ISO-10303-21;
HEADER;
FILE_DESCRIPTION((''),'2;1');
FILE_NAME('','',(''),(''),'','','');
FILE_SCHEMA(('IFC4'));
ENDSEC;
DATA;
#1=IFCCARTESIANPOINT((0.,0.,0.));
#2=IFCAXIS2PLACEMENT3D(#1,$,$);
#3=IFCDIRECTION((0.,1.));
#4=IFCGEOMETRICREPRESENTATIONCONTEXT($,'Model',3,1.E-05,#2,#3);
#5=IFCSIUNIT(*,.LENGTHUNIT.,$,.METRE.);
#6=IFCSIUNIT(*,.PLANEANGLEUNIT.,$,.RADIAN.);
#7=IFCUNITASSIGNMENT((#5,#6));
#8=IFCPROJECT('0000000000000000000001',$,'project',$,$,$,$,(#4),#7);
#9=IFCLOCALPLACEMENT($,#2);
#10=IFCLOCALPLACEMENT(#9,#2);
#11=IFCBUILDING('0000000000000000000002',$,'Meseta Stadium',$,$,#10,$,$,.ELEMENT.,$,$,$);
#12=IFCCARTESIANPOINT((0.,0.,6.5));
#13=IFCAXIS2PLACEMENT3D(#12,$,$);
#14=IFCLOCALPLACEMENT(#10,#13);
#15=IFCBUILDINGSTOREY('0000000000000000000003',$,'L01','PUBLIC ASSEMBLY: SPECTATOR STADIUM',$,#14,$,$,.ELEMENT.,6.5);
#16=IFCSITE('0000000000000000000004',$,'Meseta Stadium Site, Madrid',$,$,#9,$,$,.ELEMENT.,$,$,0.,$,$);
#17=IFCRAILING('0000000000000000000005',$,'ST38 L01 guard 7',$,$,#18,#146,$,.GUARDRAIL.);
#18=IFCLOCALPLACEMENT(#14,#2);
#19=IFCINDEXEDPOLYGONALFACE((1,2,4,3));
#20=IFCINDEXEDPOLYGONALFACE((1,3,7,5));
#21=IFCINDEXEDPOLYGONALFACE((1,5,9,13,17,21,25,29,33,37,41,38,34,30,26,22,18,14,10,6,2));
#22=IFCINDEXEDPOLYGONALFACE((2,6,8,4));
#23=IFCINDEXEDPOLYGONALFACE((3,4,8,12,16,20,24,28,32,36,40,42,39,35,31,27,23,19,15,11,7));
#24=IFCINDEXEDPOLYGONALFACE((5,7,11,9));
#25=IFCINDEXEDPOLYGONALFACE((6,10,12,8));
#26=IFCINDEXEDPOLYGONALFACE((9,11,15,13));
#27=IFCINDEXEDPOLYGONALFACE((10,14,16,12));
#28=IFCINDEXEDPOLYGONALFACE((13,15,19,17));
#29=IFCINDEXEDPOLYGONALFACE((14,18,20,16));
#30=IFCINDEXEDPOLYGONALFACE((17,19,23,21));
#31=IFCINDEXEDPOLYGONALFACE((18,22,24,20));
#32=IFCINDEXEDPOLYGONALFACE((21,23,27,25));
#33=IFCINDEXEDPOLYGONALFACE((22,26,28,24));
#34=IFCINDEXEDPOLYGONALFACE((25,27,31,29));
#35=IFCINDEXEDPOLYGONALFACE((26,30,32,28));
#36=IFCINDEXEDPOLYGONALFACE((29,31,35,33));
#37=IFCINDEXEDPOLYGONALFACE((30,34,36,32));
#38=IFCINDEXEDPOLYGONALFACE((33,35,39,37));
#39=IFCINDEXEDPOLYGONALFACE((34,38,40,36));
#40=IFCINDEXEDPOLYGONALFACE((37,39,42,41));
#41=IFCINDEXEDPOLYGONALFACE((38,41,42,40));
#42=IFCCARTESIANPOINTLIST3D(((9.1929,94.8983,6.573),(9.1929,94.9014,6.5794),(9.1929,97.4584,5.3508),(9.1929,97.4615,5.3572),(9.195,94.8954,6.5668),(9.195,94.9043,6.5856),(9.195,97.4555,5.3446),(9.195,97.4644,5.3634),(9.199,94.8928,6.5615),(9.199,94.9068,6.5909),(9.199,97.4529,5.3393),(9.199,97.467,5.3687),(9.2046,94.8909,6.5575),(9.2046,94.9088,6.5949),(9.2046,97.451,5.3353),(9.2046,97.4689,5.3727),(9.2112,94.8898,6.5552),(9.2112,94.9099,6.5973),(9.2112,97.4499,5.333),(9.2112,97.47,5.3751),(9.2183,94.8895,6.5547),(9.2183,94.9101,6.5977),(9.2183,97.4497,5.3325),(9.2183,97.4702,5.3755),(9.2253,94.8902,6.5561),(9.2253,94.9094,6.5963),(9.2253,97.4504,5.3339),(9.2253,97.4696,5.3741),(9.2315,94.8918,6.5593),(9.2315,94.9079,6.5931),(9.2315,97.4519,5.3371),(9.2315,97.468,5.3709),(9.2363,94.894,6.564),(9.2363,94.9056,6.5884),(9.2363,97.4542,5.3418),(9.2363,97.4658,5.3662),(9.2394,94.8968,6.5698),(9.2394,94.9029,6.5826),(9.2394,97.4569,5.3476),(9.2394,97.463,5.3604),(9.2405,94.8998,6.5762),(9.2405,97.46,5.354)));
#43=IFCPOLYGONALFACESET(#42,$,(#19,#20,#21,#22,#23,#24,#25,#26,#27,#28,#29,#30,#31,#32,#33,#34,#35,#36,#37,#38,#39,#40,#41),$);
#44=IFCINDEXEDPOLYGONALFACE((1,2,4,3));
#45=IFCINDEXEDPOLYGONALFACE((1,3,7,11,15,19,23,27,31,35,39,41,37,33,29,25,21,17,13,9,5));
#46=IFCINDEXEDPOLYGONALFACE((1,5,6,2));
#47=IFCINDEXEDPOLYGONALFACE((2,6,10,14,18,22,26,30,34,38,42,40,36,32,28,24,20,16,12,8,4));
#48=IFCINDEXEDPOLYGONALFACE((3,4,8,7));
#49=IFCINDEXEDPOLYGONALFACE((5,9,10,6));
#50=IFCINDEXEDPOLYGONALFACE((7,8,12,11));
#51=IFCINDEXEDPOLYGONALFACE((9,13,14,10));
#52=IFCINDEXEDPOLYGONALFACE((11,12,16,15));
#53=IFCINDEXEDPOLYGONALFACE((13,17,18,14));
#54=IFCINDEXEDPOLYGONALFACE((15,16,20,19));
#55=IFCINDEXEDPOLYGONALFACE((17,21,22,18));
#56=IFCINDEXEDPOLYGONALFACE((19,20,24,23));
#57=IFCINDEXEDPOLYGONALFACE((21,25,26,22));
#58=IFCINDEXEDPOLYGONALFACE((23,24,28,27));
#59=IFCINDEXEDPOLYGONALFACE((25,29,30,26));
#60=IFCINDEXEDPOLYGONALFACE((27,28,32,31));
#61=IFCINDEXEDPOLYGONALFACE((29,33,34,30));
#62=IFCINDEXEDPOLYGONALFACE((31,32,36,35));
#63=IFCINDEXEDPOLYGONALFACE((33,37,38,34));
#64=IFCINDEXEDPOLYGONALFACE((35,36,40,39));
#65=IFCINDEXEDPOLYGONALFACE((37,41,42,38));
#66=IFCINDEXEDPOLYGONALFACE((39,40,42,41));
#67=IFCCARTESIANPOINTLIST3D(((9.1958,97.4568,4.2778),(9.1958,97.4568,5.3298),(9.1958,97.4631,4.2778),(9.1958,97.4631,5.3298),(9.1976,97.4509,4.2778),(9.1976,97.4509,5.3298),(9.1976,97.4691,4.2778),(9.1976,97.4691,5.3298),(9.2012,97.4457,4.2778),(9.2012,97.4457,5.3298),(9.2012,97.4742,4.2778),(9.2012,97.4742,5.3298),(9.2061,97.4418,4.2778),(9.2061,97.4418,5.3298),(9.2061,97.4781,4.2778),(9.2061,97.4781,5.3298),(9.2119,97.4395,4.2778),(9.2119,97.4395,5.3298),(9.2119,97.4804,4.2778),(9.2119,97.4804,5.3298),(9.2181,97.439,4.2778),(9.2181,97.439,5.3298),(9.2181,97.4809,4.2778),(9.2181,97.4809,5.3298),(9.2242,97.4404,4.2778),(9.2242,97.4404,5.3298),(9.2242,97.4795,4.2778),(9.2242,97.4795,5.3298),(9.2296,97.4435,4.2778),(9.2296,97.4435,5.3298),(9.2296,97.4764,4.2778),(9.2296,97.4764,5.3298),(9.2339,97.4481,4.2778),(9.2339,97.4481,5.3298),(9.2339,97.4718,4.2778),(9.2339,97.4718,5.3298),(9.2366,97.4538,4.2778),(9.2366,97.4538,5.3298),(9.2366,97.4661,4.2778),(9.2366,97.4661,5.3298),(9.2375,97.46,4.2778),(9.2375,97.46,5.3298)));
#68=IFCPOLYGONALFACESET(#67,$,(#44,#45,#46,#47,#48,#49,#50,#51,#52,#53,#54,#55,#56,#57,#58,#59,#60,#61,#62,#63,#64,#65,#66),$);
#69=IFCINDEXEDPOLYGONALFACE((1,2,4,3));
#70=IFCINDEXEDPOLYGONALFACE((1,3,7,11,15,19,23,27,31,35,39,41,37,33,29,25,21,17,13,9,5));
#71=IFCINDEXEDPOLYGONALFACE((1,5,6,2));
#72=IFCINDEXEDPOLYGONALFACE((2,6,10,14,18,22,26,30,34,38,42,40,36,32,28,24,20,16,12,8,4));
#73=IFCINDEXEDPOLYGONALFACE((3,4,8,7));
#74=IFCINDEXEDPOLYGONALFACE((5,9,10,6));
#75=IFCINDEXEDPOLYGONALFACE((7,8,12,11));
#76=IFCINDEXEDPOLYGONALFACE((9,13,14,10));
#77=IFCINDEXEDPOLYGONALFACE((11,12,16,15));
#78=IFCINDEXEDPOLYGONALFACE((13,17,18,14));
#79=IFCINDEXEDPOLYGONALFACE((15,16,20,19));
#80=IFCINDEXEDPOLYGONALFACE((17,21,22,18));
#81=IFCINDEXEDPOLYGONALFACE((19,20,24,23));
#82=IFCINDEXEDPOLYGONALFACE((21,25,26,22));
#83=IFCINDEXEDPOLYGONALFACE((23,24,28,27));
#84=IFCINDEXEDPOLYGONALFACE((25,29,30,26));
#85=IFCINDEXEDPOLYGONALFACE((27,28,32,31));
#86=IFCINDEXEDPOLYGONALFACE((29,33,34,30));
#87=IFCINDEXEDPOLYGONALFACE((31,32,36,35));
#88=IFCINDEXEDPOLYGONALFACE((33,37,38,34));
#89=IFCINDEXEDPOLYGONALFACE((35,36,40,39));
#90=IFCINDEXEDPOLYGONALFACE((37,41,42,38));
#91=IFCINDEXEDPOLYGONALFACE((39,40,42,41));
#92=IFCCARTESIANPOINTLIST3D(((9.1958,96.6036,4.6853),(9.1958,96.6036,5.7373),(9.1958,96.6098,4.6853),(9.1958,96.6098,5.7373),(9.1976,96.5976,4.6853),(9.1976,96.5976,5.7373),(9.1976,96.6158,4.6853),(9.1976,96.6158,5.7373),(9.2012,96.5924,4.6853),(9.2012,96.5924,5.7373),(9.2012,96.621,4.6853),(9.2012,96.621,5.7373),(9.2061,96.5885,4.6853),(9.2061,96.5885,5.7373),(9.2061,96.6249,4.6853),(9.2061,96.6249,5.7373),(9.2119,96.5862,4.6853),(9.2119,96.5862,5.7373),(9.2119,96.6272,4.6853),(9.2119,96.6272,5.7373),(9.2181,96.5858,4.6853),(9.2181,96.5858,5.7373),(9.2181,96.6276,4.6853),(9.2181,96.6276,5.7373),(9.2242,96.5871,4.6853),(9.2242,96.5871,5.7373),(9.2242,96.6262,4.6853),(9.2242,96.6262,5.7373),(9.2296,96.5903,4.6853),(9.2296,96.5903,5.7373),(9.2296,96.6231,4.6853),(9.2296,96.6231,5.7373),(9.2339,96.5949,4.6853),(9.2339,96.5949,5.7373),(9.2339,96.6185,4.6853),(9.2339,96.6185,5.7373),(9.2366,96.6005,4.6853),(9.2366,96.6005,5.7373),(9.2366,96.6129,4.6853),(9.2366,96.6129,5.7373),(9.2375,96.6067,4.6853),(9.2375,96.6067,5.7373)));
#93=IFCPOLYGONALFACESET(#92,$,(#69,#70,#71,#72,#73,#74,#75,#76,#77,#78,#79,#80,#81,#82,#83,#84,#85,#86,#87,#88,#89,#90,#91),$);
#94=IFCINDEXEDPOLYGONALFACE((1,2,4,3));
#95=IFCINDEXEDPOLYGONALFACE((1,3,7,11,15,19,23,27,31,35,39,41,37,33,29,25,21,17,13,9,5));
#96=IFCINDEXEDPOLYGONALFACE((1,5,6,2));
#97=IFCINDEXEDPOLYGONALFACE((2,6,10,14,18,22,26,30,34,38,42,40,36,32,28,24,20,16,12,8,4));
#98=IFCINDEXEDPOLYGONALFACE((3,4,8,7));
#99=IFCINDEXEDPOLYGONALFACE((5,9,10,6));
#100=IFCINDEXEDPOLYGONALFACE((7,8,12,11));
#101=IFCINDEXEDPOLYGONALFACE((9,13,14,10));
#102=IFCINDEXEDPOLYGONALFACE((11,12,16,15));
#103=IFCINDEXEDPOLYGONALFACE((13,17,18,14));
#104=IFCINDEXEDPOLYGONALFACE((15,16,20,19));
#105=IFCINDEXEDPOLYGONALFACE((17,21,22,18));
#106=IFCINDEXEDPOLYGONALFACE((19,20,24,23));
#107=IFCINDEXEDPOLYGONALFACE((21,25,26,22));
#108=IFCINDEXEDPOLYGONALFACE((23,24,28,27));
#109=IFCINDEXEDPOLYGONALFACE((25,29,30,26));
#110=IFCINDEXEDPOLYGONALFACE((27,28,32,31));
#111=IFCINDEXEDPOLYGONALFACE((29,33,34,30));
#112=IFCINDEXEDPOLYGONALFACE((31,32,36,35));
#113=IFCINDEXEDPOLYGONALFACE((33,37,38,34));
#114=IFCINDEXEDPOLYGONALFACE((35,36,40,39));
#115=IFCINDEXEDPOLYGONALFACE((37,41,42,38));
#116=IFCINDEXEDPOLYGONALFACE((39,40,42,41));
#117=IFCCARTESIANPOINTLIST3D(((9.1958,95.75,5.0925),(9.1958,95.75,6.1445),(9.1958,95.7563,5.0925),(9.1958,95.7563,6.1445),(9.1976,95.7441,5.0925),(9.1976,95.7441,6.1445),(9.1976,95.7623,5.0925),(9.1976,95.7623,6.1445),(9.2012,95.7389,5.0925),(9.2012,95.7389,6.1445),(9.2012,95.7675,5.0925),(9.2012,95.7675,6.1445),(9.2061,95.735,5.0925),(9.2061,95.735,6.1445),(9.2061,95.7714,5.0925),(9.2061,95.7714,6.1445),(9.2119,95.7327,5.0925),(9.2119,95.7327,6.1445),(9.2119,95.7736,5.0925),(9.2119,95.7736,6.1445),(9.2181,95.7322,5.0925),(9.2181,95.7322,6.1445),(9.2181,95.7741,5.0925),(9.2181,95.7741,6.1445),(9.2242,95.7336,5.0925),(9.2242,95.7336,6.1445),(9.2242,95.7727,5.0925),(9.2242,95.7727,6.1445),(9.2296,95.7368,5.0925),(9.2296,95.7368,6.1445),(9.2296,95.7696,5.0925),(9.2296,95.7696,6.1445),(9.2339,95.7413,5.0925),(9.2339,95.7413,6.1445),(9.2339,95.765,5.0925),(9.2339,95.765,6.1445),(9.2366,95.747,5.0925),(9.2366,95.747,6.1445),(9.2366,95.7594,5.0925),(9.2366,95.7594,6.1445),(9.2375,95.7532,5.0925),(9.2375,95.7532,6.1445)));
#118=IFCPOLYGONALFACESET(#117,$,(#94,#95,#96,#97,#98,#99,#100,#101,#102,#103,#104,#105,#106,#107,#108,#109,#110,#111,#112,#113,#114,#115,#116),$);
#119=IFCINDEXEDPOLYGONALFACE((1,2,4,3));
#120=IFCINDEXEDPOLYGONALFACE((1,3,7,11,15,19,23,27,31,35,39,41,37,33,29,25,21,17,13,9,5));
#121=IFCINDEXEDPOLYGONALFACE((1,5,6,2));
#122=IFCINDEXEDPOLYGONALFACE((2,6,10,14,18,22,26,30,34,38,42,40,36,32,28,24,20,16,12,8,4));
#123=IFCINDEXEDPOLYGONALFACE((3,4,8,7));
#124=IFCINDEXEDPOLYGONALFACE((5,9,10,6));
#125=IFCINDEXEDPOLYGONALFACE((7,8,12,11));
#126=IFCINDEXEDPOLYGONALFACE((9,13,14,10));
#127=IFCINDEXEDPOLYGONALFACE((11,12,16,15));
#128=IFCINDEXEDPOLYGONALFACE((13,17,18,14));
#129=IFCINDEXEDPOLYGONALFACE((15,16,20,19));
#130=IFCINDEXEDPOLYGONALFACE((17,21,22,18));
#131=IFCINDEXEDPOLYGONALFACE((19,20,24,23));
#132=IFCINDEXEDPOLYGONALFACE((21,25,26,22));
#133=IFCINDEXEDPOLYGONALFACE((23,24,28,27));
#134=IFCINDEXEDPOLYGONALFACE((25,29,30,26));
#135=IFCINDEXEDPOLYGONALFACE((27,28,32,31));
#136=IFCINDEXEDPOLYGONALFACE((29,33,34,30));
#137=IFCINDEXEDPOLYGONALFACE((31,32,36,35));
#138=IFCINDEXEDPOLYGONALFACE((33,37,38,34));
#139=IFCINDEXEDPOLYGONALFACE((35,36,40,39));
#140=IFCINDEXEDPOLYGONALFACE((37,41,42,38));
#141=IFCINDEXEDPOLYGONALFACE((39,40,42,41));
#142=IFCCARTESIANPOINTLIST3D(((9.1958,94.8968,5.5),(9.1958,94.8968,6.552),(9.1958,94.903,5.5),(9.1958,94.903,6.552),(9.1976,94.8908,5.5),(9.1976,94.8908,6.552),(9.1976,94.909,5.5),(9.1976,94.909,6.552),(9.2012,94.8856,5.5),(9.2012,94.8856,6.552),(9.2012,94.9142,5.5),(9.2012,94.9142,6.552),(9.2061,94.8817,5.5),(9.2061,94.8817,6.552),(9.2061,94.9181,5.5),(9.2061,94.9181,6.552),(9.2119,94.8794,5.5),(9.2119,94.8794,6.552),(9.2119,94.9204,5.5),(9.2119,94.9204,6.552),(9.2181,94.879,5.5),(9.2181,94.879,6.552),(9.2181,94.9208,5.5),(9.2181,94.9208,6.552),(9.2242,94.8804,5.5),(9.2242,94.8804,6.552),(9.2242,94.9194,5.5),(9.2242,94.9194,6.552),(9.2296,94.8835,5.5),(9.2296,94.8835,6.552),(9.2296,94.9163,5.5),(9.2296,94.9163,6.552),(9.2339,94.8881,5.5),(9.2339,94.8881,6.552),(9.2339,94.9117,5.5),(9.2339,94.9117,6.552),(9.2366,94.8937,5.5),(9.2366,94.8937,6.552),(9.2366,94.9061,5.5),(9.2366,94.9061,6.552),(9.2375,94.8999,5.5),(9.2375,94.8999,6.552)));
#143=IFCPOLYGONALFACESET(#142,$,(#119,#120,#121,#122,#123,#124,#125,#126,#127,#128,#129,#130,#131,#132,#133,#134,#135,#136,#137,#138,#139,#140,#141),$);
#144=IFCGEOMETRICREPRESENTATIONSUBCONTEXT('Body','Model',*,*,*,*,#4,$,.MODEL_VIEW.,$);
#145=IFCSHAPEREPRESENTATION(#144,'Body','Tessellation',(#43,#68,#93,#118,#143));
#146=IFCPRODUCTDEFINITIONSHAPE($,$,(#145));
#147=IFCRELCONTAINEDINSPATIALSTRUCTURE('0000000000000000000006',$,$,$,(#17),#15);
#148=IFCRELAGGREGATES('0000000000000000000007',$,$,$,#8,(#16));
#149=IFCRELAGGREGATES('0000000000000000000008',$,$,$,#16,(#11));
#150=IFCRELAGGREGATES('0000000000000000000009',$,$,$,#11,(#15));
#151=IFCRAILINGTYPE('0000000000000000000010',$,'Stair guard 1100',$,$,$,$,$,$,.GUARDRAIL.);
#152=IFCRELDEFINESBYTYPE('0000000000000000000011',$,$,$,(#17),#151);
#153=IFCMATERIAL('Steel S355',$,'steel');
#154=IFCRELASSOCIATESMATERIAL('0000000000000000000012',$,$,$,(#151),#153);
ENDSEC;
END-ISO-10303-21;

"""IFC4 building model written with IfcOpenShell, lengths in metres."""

from ifc_helpers import new_model, si_unit, direction, frame, origin, origin_2d, place, context, subcontext, project, spatial, circle, extrude, material, type_object, element, save


model = new_model("IFC4")

# Units and contexts
model_context = context("Model", 3, precision=1e-05, world=origin(), true_north=direction((0.0, 1.0)))
body_context = subcontext(model_context, "Body", "Model", "MODEL_VIEW")
ifc_project = project(units=[si_unit("LENGTHUNIT", "METRE"), si_unit("PLANEANGLEUNIT", "RADIAN")], contexts=[model_context])

# Site, building, storey
site_placement = place(None, origin())
site = spatial("IfcSite", under=ifc_project, at=site_placement, Name="Meseta Stadium Site, Madrid", CompositionType="ELEMENT", RefElevation=0.0)
building_placement = place(site_placement, origin())
building = spatial("IfcBuilding", under=site, at=building_placement, Name="Meseta Stadium", CompositionType="ELEMENT")
storey_placement = place(building_placement, frame((0.0, 0.0, 6.5)))
storey = spatial("IfcBuildingStorey", under=building, at=storey_placement, Name="L01", Description="PUBLIC ASSEMBLY: SPECTATOR STADIUM", CompositionType="ELEMENT", Elevation=6.5)

# Railing
ifc_material_1 = material(Name="Steel S355", Category="steel")
railing_type_1 = type_object("IfcRailingType", Name="Stair guard 1100", PredefinedType="GUARDRAIL", material=ifc_material_1)
railing_1_placement = place(storey_placement, frame((9.2166, 97.46, 4.2778)))
element("IfcRailing", 1, at=railing_1_placement, inside=storey, type_object=railing_type_1, Name="ST38 L01 guard 7", PredefinedType="GUARDRAIL", context=body_context, shape_type="SweptSolid", body=[
    extrude(circle(Radius=0.0239, at=origin_2d()), frame((0.0, 0.0, 1.0762), z_axis=(0.0, -0.902437, 0.430822), x_axis=(1.0, 0.0, 0.0)), (0.0, 0.0, 1.0), 2.8369),
    extrude(circle(Radius=0.021, at=origin_2d()), origin(), (0.0, 0.0, 1.0), 1.052),
    extrude(circle(Radius=0.021, at=origin_2d()), frame((0.0, -0.8533, 0.4075)), (0.0, 0.0, 1.0), 1.052),
    extrude(circle(Radius=0.021, at=origin_2d()), frame((0.0, -1.7068, 0.8147)), (0.0, 0.0, 1.0), 1.052),
    extrude(circle(Radius=0.021, at=origin_2d()), frame((0.0, -2.5601, 1.2222)), (0.0, 0.0, 1.0), 1.052),
])

save(model, "model.ifc")
